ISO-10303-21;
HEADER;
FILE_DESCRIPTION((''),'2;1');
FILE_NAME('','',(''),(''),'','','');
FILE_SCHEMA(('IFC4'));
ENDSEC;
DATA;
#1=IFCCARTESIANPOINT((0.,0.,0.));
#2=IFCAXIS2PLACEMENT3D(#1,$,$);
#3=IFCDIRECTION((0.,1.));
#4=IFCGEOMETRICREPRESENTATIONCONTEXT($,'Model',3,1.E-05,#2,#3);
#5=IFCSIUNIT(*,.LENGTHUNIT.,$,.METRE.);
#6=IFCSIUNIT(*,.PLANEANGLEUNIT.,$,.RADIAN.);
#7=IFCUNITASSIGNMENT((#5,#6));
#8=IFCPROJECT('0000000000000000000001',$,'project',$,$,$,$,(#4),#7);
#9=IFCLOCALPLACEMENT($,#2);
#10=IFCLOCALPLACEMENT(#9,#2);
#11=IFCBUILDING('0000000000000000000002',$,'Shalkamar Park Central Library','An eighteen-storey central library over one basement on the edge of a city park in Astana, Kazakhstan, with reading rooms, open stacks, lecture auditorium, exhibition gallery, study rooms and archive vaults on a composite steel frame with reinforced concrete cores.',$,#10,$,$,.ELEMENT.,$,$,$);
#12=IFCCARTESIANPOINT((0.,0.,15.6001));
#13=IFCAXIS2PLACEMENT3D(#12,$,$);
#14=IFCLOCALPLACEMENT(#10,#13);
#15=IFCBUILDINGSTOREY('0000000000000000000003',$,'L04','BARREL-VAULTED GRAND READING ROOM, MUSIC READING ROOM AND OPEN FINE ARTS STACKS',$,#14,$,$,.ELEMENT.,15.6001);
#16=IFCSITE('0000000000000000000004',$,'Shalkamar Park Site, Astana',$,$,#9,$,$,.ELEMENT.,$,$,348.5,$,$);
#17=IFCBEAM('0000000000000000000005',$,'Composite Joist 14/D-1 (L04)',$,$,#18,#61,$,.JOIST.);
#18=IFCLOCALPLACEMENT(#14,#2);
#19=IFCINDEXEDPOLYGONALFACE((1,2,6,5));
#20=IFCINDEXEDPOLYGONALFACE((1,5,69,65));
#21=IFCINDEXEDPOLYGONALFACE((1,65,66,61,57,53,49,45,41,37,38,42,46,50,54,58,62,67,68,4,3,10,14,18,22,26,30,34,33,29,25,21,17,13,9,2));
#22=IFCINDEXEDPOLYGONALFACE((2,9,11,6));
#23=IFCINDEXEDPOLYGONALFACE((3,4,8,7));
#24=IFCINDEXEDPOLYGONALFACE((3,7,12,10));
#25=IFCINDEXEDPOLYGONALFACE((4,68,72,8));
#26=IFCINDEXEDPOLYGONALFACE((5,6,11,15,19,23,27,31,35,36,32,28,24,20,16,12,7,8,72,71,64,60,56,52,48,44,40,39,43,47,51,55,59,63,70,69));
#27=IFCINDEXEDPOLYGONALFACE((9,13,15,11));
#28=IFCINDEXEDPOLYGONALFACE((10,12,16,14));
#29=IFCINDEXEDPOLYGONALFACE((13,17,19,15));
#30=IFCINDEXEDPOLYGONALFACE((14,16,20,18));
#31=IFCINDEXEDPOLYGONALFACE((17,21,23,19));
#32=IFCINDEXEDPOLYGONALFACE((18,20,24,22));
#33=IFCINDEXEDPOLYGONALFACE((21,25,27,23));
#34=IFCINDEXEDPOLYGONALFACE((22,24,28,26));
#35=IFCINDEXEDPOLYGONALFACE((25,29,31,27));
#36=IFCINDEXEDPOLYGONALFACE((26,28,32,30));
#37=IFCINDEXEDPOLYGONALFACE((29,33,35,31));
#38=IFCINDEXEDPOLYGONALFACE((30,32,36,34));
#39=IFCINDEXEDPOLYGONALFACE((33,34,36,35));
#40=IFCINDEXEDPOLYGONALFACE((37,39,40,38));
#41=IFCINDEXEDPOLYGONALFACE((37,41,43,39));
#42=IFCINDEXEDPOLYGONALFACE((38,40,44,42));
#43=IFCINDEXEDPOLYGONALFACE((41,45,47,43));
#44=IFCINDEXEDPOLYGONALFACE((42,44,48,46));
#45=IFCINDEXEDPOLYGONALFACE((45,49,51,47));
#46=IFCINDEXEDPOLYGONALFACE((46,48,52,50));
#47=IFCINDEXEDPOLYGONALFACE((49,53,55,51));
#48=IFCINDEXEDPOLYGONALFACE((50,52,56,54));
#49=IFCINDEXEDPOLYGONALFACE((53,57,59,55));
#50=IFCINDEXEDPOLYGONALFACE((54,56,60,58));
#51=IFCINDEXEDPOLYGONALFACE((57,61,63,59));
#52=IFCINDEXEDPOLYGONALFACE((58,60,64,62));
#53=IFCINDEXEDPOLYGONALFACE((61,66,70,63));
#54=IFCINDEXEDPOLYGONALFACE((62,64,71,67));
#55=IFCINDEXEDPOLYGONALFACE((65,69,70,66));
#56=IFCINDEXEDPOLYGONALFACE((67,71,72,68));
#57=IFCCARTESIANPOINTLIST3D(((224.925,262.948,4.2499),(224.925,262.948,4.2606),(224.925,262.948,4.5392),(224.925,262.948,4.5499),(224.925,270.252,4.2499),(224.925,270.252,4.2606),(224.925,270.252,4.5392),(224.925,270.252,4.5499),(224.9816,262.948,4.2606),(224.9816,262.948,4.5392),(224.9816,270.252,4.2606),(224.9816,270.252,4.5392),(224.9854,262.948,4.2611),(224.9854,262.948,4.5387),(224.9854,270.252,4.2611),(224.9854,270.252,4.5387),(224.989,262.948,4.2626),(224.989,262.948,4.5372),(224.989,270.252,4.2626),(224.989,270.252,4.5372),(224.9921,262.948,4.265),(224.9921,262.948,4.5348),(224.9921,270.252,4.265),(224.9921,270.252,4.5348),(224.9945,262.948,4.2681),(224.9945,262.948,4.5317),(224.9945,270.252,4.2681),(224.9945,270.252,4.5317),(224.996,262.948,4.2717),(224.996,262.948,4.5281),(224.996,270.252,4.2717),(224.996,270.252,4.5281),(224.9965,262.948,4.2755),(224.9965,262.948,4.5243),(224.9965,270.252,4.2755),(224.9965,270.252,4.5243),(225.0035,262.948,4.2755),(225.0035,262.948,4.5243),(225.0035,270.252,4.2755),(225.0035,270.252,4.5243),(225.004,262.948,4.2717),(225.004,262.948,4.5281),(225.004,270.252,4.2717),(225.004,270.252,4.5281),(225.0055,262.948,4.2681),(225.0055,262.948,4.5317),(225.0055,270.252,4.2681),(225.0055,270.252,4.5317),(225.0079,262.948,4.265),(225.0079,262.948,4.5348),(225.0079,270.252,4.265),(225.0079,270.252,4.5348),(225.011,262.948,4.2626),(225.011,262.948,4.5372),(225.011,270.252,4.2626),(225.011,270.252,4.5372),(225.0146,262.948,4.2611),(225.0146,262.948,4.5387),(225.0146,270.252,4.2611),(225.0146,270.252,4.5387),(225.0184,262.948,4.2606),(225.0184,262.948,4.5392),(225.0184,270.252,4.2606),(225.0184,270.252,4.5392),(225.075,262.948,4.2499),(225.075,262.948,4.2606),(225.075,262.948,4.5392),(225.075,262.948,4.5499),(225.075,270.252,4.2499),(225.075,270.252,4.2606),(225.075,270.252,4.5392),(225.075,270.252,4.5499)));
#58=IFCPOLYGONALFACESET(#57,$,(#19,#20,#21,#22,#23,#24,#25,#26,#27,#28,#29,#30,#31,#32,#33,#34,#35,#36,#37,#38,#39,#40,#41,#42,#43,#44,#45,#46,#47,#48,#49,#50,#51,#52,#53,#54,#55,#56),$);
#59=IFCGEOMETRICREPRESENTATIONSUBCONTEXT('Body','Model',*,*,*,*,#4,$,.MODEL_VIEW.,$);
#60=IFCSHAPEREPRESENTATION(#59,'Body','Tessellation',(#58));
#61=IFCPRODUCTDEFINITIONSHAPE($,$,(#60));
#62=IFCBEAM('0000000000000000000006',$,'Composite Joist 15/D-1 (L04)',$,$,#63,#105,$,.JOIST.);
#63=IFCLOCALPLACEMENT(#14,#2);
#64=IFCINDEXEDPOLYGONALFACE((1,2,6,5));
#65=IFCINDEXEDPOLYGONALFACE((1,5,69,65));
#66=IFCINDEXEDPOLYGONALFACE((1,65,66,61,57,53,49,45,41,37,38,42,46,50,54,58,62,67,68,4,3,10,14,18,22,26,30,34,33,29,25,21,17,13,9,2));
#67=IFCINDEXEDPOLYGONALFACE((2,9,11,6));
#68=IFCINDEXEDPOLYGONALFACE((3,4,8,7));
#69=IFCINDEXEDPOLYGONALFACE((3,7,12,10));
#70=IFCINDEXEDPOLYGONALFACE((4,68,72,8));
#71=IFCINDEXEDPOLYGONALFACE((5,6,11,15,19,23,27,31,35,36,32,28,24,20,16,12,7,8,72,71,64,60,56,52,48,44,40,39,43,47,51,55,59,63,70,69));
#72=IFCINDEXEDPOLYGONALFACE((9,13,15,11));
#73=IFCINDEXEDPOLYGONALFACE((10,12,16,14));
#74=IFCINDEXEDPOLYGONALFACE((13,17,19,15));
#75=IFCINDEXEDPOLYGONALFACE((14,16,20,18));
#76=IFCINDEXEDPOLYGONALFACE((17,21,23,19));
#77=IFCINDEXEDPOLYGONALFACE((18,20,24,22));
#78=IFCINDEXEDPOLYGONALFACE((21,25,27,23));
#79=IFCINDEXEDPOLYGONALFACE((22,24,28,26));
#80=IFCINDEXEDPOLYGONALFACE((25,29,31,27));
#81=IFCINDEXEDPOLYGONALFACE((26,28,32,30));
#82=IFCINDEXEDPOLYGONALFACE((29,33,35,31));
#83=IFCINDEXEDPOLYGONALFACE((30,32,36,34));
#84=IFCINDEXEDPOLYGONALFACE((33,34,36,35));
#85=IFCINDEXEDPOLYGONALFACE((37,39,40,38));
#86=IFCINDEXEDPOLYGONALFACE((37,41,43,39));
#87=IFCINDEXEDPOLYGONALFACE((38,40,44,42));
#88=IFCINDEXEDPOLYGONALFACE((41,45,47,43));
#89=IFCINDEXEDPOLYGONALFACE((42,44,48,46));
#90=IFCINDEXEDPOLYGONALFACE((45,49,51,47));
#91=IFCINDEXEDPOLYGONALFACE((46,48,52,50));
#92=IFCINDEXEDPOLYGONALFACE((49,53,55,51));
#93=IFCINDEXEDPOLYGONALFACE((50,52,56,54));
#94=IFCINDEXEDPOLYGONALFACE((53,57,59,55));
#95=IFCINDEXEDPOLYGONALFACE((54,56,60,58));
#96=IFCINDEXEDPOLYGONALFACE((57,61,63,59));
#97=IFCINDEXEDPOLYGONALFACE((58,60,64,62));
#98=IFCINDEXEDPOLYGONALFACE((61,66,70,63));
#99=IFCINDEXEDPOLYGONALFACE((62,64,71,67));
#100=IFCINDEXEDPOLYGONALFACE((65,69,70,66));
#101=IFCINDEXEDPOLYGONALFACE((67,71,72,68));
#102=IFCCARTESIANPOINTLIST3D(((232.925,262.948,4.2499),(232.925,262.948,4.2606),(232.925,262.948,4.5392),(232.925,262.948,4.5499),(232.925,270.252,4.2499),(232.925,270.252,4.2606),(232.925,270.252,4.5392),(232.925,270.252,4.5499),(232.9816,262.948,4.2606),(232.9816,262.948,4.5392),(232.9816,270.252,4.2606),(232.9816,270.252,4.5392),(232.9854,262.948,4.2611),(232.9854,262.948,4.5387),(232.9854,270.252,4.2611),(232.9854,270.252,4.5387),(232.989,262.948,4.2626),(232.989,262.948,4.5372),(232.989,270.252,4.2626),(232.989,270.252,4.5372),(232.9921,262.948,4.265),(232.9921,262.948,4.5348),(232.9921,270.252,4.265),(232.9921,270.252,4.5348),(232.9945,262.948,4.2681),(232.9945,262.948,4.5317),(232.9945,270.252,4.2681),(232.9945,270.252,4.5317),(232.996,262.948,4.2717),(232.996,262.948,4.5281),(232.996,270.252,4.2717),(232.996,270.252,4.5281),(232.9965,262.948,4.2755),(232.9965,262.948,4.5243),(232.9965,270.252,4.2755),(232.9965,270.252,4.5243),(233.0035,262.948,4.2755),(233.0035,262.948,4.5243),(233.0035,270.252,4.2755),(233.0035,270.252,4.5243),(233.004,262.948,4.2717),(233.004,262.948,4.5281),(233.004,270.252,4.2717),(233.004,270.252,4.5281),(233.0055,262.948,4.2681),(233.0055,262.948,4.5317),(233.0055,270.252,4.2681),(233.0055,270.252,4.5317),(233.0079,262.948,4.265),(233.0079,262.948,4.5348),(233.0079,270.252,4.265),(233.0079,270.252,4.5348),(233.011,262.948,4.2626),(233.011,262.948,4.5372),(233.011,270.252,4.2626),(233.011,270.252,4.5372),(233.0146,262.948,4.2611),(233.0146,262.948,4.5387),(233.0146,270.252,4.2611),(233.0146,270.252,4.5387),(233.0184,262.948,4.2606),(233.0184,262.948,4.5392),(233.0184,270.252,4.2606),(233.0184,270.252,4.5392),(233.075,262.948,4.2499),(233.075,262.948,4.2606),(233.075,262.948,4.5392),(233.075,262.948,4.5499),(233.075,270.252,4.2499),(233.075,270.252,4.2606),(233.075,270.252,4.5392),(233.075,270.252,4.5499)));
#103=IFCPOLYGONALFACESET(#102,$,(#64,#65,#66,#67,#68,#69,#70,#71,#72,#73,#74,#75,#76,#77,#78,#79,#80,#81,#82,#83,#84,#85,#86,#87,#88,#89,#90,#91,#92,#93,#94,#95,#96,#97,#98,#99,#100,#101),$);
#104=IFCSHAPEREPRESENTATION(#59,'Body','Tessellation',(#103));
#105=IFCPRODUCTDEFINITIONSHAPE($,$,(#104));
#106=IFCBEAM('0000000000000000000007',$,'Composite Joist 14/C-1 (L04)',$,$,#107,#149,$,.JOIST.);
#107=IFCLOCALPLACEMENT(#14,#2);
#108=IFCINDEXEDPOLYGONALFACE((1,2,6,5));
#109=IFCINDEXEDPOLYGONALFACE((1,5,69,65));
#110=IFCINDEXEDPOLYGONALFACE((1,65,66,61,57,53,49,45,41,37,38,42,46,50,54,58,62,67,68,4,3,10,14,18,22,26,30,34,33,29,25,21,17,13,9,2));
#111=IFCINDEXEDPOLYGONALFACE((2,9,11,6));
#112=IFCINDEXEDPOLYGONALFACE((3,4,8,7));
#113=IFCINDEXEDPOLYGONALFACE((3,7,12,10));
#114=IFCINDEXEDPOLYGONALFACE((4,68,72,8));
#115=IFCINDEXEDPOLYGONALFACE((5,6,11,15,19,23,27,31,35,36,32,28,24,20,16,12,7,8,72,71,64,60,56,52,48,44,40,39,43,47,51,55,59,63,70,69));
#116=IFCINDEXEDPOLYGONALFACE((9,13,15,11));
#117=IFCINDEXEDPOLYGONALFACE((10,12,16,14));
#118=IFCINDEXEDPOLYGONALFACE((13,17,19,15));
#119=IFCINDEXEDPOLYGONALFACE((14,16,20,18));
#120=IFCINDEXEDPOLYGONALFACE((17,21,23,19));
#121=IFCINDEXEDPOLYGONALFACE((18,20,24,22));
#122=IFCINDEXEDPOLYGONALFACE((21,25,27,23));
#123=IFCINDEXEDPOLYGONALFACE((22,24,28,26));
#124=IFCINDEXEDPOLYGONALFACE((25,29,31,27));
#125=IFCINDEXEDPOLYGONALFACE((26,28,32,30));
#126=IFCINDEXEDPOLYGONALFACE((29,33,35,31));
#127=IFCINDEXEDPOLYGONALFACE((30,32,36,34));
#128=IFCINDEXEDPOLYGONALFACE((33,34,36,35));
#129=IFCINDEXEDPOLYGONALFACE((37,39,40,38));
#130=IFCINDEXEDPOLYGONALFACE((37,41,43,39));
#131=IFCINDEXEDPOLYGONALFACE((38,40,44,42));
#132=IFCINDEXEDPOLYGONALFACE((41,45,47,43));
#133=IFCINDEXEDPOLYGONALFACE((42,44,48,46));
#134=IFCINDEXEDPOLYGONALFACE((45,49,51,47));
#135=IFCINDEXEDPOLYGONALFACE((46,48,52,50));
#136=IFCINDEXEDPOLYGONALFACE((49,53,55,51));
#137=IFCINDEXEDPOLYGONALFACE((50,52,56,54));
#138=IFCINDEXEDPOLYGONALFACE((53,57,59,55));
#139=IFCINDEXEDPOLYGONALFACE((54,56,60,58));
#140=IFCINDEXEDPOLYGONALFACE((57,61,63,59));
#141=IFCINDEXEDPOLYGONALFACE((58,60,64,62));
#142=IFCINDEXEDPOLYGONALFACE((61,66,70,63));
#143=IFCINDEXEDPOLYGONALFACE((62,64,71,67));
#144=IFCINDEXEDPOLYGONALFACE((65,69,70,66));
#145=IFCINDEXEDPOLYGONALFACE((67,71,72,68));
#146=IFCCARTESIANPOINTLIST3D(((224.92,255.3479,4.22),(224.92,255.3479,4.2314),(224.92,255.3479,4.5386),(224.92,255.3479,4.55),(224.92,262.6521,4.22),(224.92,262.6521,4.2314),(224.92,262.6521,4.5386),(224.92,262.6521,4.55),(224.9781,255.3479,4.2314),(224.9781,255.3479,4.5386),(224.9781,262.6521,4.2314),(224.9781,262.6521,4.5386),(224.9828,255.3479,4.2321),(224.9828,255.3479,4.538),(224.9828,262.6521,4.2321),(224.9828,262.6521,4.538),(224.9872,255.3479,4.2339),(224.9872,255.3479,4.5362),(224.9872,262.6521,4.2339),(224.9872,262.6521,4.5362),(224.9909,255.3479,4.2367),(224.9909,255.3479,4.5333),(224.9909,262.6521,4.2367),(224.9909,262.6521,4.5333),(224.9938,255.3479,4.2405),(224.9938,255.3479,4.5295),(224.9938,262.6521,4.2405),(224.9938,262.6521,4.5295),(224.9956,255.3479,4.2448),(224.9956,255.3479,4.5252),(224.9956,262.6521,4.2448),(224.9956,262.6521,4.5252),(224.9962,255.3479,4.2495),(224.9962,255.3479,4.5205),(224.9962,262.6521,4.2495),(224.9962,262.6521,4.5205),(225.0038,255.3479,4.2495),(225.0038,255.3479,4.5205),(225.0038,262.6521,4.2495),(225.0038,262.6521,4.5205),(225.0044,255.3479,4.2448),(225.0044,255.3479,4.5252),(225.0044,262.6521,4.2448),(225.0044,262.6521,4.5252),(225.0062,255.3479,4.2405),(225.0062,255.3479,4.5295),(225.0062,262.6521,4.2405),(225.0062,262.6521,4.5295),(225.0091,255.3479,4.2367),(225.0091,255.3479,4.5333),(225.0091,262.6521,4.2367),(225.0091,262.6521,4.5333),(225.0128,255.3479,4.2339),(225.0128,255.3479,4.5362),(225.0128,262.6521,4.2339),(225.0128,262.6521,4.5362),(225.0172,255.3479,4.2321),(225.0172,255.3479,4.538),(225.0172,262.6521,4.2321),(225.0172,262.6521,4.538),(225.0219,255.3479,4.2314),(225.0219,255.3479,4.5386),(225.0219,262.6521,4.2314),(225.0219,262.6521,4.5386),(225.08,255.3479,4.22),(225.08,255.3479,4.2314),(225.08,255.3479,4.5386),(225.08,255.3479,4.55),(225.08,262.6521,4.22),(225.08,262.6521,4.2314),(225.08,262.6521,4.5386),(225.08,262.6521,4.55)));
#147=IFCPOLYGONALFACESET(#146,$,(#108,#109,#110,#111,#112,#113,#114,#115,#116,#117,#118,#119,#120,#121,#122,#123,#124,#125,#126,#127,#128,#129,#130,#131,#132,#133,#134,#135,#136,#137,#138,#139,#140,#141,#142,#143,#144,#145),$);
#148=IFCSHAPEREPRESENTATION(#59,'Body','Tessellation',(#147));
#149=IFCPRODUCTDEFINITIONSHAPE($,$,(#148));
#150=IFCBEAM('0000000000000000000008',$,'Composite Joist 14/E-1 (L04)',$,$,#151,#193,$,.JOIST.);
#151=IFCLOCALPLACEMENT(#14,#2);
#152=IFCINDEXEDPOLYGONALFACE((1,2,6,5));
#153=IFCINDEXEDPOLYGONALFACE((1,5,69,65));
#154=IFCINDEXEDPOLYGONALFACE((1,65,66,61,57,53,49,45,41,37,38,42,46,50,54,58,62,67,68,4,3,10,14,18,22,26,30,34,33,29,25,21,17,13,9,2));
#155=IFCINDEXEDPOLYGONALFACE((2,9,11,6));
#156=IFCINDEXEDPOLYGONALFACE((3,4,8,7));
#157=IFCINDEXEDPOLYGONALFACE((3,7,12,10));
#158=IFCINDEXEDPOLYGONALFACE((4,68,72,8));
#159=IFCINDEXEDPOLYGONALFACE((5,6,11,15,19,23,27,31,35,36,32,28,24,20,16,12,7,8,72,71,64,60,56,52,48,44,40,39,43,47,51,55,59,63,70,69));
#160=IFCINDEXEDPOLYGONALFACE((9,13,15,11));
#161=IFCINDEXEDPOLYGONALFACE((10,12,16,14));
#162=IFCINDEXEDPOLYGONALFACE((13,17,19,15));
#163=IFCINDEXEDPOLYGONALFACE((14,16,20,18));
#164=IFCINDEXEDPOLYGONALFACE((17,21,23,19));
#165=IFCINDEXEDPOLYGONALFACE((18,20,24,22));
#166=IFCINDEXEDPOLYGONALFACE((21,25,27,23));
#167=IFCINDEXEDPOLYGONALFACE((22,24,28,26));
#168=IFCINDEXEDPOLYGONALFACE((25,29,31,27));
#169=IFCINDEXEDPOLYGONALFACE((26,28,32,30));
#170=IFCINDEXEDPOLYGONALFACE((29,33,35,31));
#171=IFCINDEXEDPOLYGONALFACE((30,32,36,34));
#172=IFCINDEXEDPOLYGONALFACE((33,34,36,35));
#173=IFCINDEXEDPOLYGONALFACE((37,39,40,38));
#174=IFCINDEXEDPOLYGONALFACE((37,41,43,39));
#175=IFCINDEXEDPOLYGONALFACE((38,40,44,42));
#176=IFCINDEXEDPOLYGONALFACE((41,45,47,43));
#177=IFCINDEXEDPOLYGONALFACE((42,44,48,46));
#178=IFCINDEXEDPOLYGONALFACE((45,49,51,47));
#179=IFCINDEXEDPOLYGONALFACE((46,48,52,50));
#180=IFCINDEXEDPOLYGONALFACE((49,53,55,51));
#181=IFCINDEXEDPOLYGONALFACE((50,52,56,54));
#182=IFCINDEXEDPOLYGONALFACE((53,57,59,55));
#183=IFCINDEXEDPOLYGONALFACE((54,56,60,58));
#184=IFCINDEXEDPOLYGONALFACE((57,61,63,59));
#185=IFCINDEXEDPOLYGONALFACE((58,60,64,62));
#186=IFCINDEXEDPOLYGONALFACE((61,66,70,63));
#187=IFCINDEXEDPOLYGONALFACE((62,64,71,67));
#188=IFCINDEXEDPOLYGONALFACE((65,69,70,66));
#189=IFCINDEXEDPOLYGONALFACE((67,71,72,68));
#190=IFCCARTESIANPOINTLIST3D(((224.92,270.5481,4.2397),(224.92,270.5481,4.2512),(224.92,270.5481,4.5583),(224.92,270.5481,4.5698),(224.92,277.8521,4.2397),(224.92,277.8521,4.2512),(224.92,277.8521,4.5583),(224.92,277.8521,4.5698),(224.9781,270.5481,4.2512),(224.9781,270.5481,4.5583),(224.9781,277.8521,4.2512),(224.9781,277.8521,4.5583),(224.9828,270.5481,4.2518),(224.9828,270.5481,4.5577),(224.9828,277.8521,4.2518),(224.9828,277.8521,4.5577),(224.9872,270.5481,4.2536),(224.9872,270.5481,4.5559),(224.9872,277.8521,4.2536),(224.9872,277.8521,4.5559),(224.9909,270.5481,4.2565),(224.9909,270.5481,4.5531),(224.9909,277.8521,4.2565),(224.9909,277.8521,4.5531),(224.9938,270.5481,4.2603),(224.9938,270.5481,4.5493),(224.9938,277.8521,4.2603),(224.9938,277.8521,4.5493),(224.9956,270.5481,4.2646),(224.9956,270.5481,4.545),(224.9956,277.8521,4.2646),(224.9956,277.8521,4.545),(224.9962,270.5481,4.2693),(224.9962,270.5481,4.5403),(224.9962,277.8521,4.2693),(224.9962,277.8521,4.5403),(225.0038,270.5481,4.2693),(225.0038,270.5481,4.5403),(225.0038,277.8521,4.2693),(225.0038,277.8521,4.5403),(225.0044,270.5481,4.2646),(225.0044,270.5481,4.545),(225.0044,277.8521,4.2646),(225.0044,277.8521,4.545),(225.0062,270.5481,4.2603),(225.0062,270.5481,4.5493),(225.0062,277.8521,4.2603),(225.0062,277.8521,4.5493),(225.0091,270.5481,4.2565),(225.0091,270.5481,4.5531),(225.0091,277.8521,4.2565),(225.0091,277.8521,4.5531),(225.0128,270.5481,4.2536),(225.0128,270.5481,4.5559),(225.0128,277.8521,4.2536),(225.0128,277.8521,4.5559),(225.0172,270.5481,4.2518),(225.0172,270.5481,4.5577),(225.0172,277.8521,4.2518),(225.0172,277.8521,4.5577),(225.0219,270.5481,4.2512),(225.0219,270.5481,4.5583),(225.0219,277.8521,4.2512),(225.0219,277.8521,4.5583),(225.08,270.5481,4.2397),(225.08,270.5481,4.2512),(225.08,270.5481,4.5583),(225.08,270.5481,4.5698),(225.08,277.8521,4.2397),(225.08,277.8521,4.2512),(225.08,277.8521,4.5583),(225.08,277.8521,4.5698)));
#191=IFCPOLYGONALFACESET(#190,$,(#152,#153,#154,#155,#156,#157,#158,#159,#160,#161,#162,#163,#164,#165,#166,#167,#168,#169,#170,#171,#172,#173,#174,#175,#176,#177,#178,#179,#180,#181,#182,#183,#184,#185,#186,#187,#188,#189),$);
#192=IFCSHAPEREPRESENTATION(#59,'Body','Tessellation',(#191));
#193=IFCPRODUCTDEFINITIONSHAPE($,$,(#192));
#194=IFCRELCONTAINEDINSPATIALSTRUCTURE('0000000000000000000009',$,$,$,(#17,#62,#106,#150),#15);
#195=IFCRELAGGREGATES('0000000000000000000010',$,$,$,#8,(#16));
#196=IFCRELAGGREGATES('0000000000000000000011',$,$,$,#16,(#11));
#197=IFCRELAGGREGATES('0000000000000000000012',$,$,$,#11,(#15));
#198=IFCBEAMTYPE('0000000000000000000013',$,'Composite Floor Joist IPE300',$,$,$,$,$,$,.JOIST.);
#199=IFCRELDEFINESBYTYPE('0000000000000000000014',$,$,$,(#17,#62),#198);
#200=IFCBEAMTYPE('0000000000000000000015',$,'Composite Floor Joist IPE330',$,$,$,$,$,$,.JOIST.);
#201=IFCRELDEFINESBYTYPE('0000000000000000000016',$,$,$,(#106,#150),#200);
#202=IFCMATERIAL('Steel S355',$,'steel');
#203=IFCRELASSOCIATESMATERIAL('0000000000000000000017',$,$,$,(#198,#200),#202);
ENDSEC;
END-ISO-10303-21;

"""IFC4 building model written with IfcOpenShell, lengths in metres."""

from ifc_helpers import new_model, si_unit, direction, frame, origin, origin_2d, place, context, subcontext, project, spatial, i_section, extrude, material, material_profile, profile_set, type_object, element, save


model = new_model("IFC4")

# Units and contexts
model_context = context("Model", 3, precision=1e-05, world=origin(), true_north=direction((0.0, 1.0)))
body_context = subcontext(model_context, "Body", "Model", "MODEL_VIEW")
ifc_project = project(units=[si_unit("LENGTHUNIT", "METRE"), si_unit("PLANEANGLEUNIT", "RADIAN")], contexts=[model_context])

# Site, building, storey
site_placement = place(None, origin())
site = spatial("IfcSite", under=ifc_project, at=site_placement, Name="Shalkamar Park Site, Astana", CompositionType="ELEMENT", RefElevation=348.5)
building_placement = place(site_placement, origin())
building = spatial("IfcBuilding", under=site, at=building_placement, Name="Shalkamar Park Central Library", Description="An eighteen-storey central library over one basement on the edge of a city park in Astana, Kazakhstan, with reading rooms, open stacks, lecture auditorium, exhibition gallery, study rooms and archive vaults on a composite steel frame with reinforced concrete cores.", CompositionType="ELEMENT")
storey_placement = place(building_placement, frame((0.0, 0.0, 15.6001)))
storey = spatial("IfcBuildingStorey", under=building, at=storey_placement, Name="L04", Description="BARREL-VAULTED GRAND READING ROOM, MUSIC READING ROOM AND OPEN FINE ARTS STACKS", CompositionType="ELEMENT", Elevation=15.6001)

# Shared definitions
ifc_material_1 = material(Name="Steel S355", Category="steel")

# Beams
ifc_material_profile_1 = material_profile(ifc_material_1, i_section(OverallWidth=0.1499, OverallDepth=0.3, WebThickness=0.0071, FlangeThickness=0.0107, FilletRadius=0.0149, at=origin_2d()), Name="IPE 300")
ifc_profile_set_1 = profile_set([ifc_material_profile_1], Name="Steel S355")
beam_type_1 = type_object("IfcBeamType", Name="Composite Floor Joist IPE300", PredefinedType="JOIST", material=ifc_profile_set_1)
for number, where, z_axis, x_axis, name in (
    (1, (225.0, 262.948, 4.3999), (0.0, 1.0, 0.0), (-1.0, 0.0, 0.0), "Composite Joist 14/D-1 (L04)"),
    (2, (233.0, 262.948, 4.3999), (0.0, 1.0, 0.0), (-1.0, 0.0, 0.0), "Composite Joist 15/D-1 (L04)"),
):
    element("IfcBeam", number, at=place(storey_placement, frame(where, z_axis=z_axis, x_axis=x_axis)), inside=storey, type_object=beam_type_1, Name=name, PredefinedType="JOIST", context=body_context, shape_type="SweptSolid", body=[
        extrude(i_section(OverallWidth=0.1499, OverallDepth=0.3, WebThickness=0.0071, FlangeThickness=0.0107, FilletRadius=0.0149, at=origin_2d()), origin(), (0.0, 0.0, 1.0), 7.304),
    ])
ifc_material_profile_2 = material_profile(ifc_material_1, i_section(OverallWidth=0.1599, OverallDepth=0.3301, WebThickness=0.0076, FlangeThickness=0.0115, FilletRadius=0.0181, at=origin_2d()), Name="IPE 330")
ifc_profile_set_2 = profile_set([ifc_material_profile_2], Name="Steel S355")
beam_type_2 = type_object("IfcBeamType", Name="Composite Floor Joist IPE330", PredefinedType="JOIST", material=ifc_profile_set_2)
beam_1_placement = place(storey_placement, frame((225.0, 255.3479, 4.385), z_axis=(0.0, 1.0, 0.0), x_axis=(-1.0, 0.0, 0.0)))
element("IfcBeam", 3, at=beam_1_placement, inside=storey, type_object=beam_type_2, Name="Composite Joist 14/C-1 (L04)", PredefinedType="JOIST", context=body_context, shape_type="SweptSolid", body=[
    extrude(i_section(OverallWidth=0.1599, OverallDepth=0.3301, WebThickness=0.0076, FlangeThickness=0.0115, FilletRadius=0.0181, at=origin_2d()), origin(), (0.0, 0.0, 1.0), 7.3042),
])
for number, where, z_axis, x_axis, name in (
    (4, (225.0, 270.5481, 4.4048), (0.0, 1.0, 0.0), (-1.0, 0.0, 0.0), "Composite Joist 14/E-1 (L04)"),
):
    element("IfcBeam", number, at=place(storey_placement, frame(where, z_axis=z_axis, x_axis=x_axis)), inside=storey, type_object=beam_type_2, Name=name, PredefinedType="JOIST", context=body_context, shape_type="SweptSolid", body=[
        extrude(i_section(OverallWidth=0.1599, OverallDepth=0.3301, WebThickness=0.0076, FlangeThickness=0.0115, FilletRadius=0.0181, at=origin_2d()), origin(), (0.0, 0.0, 1.0), 7.304),
    ])

save(model, "model.ifc")
